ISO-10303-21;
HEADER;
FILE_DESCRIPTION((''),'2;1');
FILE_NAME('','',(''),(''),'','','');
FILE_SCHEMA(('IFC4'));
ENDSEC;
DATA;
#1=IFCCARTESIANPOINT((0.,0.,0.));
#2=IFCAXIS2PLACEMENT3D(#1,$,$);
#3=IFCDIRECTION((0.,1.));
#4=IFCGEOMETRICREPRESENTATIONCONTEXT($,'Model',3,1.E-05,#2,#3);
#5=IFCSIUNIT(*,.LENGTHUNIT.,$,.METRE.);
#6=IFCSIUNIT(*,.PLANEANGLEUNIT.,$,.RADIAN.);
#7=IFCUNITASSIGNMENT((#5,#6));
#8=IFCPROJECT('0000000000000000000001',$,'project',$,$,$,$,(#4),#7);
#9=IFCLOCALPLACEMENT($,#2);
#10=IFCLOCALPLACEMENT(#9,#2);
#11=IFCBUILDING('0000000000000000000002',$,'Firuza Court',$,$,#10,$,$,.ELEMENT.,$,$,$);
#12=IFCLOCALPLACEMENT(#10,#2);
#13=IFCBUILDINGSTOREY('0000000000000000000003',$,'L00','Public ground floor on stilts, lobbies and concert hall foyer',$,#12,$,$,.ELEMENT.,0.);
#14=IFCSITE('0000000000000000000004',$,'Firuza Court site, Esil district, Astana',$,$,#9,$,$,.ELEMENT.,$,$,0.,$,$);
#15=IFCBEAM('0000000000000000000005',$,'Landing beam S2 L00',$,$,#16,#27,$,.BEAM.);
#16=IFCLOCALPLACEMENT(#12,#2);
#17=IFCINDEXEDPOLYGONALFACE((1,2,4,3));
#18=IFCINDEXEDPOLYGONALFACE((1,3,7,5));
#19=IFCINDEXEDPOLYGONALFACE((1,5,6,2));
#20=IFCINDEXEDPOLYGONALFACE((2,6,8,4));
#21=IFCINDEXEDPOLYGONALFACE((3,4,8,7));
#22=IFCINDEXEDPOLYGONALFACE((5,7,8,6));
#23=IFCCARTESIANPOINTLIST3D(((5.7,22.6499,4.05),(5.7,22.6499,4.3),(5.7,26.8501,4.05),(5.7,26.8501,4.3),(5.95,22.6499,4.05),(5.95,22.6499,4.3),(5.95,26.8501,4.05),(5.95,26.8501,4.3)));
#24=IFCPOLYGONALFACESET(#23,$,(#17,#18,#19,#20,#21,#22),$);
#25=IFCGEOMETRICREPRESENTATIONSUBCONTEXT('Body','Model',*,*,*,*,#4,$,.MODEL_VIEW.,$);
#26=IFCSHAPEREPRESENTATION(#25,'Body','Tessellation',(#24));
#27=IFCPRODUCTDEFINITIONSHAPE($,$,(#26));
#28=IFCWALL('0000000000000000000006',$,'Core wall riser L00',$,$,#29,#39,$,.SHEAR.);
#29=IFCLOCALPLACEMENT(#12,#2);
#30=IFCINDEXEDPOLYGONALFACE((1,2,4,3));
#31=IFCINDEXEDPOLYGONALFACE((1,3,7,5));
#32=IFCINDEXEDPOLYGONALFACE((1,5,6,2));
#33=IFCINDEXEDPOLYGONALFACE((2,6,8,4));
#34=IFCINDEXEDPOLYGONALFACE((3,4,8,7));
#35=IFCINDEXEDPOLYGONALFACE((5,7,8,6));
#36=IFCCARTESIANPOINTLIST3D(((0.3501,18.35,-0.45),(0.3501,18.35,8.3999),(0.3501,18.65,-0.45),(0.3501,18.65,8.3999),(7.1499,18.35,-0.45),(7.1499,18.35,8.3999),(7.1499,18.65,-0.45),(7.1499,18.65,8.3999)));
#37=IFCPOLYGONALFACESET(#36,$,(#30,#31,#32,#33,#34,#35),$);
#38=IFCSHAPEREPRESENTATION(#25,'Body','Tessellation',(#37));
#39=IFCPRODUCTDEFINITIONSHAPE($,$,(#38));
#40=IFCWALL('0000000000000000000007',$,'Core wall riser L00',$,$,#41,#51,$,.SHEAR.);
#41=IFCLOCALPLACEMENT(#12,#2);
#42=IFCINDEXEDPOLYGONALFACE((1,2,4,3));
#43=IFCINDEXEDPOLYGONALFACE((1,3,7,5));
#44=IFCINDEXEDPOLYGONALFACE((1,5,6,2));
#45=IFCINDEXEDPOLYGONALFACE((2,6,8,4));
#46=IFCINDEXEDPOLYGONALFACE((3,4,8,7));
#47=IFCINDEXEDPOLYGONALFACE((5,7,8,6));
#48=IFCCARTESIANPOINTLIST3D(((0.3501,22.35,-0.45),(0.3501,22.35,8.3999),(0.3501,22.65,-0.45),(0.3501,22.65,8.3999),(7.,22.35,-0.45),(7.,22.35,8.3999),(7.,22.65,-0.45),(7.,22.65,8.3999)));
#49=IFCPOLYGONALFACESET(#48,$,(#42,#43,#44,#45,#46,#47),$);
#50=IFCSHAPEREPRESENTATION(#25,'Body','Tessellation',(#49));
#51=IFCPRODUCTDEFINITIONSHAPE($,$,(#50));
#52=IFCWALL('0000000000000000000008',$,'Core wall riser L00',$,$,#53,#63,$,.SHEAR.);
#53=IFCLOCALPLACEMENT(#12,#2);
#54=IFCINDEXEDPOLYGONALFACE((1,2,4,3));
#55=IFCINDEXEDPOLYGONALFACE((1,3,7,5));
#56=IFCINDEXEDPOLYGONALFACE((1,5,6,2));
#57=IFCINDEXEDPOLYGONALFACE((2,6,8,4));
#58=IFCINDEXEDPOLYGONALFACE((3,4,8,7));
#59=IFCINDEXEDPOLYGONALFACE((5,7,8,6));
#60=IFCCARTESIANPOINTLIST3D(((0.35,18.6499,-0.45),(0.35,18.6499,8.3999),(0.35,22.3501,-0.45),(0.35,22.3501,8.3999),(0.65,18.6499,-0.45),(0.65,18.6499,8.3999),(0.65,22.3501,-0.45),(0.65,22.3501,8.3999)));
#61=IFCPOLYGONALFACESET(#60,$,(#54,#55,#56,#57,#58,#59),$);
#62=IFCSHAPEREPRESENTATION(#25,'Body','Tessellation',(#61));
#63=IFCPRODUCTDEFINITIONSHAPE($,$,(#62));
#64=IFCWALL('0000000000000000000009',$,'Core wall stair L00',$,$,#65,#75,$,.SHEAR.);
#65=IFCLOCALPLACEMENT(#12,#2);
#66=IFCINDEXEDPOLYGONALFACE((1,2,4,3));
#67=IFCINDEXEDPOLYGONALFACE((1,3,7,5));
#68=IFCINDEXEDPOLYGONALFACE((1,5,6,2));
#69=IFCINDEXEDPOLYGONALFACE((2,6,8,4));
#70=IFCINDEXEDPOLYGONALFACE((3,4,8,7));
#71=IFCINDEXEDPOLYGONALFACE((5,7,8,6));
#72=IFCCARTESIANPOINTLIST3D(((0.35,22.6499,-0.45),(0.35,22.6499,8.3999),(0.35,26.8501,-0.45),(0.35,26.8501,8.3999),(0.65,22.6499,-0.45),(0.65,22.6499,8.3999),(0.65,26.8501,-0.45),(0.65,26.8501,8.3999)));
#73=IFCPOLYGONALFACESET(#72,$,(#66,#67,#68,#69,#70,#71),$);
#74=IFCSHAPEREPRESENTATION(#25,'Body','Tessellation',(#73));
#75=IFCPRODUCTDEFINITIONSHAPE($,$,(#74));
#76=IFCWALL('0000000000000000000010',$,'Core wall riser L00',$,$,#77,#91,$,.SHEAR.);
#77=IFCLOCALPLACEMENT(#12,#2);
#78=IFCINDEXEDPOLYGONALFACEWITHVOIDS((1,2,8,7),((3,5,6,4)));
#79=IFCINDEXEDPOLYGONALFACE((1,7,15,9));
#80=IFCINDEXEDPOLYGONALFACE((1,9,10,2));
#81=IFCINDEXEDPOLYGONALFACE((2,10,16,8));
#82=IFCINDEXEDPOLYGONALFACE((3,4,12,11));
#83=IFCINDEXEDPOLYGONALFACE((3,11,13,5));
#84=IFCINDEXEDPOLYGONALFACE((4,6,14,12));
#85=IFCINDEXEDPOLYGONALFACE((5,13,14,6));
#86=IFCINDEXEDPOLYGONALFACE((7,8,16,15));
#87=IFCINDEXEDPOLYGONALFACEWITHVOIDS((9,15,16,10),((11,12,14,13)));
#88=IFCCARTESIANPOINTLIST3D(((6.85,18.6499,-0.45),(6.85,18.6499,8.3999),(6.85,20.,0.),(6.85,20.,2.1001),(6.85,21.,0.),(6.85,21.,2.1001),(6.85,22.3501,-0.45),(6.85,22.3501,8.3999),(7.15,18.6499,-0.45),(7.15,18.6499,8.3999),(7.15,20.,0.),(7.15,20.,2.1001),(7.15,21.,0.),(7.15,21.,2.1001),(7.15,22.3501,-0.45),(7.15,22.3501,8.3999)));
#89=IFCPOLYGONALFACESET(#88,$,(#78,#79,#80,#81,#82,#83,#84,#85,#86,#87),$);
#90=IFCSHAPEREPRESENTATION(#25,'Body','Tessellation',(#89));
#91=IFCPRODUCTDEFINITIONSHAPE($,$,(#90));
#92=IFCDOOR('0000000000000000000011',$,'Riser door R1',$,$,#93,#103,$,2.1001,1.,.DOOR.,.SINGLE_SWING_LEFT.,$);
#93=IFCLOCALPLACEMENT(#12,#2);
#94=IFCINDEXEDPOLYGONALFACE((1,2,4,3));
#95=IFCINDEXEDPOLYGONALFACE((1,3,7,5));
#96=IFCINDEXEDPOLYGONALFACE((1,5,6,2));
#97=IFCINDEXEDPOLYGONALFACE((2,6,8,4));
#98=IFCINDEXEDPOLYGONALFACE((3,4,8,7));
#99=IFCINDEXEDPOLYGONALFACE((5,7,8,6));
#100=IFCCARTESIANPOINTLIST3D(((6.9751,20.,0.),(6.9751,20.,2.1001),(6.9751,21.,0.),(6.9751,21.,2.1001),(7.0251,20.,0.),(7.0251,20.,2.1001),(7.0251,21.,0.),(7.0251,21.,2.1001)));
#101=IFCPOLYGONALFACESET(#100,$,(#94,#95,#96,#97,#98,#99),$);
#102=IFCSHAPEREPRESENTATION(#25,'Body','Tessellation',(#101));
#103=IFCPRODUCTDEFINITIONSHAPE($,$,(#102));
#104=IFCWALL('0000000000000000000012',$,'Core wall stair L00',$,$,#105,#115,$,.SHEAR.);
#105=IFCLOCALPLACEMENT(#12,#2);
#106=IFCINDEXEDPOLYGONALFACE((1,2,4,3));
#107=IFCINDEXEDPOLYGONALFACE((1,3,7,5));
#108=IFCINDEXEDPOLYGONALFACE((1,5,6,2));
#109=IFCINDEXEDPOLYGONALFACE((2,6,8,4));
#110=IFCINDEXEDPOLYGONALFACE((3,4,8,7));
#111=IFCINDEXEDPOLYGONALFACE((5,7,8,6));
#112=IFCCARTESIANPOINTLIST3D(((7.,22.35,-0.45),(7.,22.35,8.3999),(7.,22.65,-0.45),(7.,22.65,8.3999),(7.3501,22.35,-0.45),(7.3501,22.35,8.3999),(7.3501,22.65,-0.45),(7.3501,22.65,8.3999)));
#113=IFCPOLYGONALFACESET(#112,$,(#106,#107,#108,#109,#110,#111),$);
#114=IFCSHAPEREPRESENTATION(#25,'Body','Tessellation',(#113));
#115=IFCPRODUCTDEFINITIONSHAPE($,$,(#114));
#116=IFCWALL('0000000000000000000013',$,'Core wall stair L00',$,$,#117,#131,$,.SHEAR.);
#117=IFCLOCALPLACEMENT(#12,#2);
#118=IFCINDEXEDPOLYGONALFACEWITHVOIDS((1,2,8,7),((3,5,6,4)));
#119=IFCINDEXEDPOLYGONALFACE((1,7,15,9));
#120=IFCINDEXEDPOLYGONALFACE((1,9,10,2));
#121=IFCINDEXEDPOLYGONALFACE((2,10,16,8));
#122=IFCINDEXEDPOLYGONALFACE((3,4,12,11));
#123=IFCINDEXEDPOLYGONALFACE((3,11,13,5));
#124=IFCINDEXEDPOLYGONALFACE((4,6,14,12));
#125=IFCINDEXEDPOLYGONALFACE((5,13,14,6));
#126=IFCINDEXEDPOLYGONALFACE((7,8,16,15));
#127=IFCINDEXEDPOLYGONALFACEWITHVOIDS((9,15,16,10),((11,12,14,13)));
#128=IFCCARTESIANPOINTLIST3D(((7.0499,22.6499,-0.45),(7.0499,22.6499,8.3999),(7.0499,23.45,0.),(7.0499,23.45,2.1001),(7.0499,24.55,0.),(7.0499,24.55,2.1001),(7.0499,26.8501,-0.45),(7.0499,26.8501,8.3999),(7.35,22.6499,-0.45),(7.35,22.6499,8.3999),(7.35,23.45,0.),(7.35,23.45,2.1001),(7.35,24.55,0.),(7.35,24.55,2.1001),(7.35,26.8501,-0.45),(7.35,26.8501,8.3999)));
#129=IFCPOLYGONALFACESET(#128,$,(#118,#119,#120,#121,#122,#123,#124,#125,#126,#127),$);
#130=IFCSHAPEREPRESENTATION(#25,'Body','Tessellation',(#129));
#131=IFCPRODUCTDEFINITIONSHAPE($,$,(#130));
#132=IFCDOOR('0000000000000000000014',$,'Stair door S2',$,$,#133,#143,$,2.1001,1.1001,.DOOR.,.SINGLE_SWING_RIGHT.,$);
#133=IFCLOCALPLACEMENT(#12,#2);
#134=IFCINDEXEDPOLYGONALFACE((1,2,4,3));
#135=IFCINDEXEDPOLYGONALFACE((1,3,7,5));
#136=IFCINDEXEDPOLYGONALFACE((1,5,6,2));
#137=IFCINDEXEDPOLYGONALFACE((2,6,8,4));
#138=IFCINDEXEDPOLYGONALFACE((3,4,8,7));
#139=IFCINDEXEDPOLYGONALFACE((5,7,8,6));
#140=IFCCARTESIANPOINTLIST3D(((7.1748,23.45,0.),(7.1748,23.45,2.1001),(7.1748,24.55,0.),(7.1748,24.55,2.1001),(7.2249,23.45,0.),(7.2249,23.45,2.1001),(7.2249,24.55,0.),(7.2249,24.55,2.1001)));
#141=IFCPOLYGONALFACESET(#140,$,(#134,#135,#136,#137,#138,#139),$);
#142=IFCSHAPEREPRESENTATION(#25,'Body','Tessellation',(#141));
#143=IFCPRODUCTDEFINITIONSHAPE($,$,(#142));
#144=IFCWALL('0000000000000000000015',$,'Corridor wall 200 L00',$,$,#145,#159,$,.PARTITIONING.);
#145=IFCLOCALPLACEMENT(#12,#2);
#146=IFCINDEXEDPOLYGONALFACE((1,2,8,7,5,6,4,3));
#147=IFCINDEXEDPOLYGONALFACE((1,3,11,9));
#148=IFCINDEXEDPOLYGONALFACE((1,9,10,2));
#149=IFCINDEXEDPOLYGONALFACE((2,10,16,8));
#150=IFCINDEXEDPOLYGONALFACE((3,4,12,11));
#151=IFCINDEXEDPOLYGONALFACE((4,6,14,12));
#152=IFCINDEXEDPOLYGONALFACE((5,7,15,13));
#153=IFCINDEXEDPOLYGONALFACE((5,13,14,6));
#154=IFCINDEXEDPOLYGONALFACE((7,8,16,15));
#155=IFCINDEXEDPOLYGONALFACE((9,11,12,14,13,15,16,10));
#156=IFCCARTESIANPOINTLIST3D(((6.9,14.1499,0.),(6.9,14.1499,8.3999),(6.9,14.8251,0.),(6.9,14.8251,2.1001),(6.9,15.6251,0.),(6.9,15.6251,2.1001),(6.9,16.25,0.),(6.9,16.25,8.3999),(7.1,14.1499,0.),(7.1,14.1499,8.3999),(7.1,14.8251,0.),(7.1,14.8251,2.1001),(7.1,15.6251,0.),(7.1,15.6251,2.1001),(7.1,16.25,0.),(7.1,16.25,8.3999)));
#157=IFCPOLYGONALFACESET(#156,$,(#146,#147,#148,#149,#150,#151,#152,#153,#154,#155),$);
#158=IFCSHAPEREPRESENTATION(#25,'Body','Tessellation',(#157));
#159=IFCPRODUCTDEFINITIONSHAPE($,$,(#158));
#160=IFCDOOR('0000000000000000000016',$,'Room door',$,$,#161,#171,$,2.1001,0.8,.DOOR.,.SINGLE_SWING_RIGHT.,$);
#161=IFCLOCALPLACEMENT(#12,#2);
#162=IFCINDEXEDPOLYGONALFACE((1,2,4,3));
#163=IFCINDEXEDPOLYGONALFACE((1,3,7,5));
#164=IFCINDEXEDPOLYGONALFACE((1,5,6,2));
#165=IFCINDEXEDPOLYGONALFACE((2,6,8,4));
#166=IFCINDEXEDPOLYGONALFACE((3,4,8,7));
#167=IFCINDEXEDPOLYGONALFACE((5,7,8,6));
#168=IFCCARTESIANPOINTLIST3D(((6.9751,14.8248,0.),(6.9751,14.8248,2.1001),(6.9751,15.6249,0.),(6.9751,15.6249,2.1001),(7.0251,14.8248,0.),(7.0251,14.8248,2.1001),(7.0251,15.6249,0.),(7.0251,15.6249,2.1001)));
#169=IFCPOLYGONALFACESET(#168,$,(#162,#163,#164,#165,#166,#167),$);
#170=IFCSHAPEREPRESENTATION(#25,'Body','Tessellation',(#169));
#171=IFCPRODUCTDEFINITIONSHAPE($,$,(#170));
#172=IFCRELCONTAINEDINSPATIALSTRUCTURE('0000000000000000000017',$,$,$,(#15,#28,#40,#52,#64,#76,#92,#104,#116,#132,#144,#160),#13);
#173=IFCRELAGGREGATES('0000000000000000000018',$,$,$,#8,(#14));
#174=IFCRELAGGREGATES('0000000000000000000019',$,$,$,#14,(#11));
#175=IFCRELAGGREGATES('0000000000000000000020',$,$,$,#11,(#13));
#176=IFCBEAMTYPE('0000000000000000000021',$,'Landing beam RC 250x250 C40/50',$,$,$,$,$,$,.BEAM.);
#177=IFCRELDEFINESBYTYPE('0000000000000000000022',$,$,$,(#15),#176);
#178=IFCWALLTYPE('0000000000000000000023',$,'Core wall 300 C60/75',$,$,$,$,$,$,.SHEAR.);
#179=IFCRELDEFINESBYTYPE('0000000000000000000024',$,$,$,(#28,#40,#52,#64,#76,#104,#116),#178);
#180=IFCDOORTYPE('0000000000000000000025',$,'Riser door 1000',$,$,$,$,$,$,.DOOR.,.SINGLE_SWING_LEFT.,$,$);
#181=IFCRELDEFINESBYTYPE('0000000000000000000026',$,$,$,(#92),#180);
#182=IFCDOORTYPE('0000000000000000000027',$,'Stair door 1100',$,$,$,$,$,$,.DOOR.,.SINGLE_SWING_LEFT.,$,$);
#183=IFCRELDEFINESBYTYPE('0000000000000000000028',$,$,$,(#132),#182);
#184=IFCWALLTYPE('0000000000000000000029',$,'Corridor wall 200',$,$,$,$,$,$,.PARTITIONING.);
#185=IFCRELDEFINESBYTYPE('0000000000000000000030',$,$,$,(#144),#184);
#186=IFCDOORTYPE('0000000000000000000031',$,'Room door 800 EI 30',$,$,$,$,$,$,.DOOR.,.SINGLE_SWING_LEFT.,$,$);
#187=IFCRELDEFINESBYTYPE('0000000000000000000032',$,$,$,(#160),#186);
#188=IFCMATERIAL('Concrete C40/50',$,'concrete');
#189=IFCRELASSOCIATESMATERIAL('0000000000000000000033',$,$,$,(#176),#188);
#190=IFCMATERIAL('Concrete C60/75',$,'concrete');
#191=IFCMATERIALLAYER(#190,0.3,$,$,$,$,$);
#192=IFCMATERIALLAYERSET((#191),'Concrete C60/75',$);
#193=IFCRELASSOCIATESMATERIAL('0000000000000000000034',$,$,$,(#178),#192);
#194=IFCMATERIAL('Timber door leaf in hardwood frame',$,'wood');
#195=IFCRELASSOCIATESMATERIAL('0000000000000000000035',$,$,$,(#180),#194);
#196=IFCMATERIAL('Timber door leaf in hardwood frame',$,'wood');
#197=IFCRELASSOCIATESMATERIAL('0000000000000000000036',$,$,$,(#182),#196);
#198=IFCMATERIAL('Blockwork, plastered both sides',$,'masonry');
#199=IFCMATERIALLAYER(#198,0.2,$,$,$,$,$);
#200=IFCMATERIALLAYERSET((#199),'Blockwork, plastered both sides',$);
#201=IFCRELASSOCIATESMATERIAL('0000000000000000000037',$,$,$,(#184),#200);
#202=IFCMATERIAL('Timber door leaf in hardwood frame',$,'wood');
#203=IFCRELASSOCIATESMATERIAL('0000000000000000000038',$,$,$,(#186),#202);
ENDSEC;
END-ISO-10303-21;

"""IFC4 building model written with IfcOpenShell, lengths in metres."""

from ifc_helpers import new_model, si_unit, direction, frame, frame_2d, origin, origin_2d, place, context, subcontext, project, spatial, rectangle, extrude, material, layer, layer_set, material_profile, profile_set, type_object, element, fill, save


model = new_model("IFC4")

# Units and contexts
model_context = context("Model", 3, precision=1e-05, world=origin(), true_north=direction((0.0, 1.0)))
body_context = subcontext(model_context, "Body", "Model", "MODEL_VIEW")
ifc_project = project(units=[si_unit("LENGTHUNIT", "METRE"), si_unit("PLANEANGLEUNIT", "RADIAN")], contexts=[model_context])

# Site, building, storey
site_placement = place(None, origin())
site = spatial("IfcSite", under=ifc_project, at=site_placement, Name="Firuza Court site, Esil district, Astana", CompositionType="ELEMENT", RefElevation=0.0)
building_placement = place(site_placement, origin())
building = spatial("IfcBuilding", under=site, at=building_placement, Name="Firuza Court", CompositionType="ELEMENT")
storey_placement = place(building_placement, origin())
storey = spatial("IfcBuildingStorey", under=building, at=storey_placement, Name="L00", Description="Public ground floor on stilts, lobbies and concert hall foyer", CompositionType="ELEMENT", Elevation=0.0)

# Beam
ifc_material_1 = material(Name="Concrete C40/50", Category="concrete")
ifc_material_profile = material_profile(ifc_material_1, rectangle(XDim=0.25, YDim=0.25, at=origin_2d()), Name="RC 250x250")
ifc_profile_set = profile_set([ifc_material_profile], Name="Concrete C40/50")
beam_type = type_object("IfcBeamType", Name="Landing beam RC 250x250 C40/50", PredefinedType="BEAM", material=ifc_profile_set)
beam_placement = place(storey_placement, frame((5.825, 22.6499, 4.175), z_axis=(0.0, 1.0, 0.0), x_axis=(-1.0, 0.0, 0.0)))
element("IfcBeam", 1, at=beam_placement, inside=storey, type_object=beam_type, Name="Landing beam S2 L00", PredefinedType="BEAM", context=body_context, shape_type="SweptSolid", body=[
    extrude(rectangle(XDim=0.25, YDim=0.25, at=origin_2d()), origin(), (0.0, 0.0, 1.0), 4.2002),
])

# Walls
ifc_material_2 = material(Name="Concrete C60/75", Category="concrete")
ifc_layer_1 = layer(ifc_material_2, 0.3)
ifc_layer_set_1 = layer_set([ifc_layer_1], Name="Concrete C60/75")
wall_type_1 = type_object("IfcWallType", Name="Core wall 300 C60/75", PredefinedType="SHEAR", material=ifc_layer_set_1)
wall_1_placement = place(storey_placement, frame((0.3501, 18.5, -0.45), z_axis=(0.0, 0.0, 1.0), x_axis=(1.0, 0.0, 0.0)))
element("IfcWall", 2, at=wall_1_placement, inside=storey, type_object=wall_type_1, Name="Core wall riser L00", PredefinedType="SHEAR", context=body_context, shape_type="SweptSolid", body=[
    extrude(rectangle(XDim=6.7998, YDim=0.3, at=frame_2d((3.3999, 0.0))), origin(), (0.0, 0.0, 1.0), 8.8499),
])
wall_2_placement = place(storey_placement, frame((0.3501, 22.5, -0.45), z_axis=(0.0, 0.0, 1.0), x_axis=(1.0, 0.0, 0.0)))
element("IfcWall", 3, at=wall_2_placement, inside=storey, type_object=wall_type_1, Name="Core wall riser L00", PredefinedType="SHEAR", context=body_context, shape_type="SweptSolid", body=[
    extrude(rectangle(XDim=6.6499, YDim=0.3, at=frame_2d((3.325, 0.0))), origin(), (0.0, 0.0, 1.0), 8.8499),
])
wall_3_placement = place(storey_placement, frame((0.5, 18.6499, -0.45), z_axis=(0.0, 0.0, 1.0), x_axis=(0.0, 1.0, 0.0)))
element("IfcWall", 4, at=wall_3_placement, inside=storey, type_object=wall_type_1, Name="Core wall riser L00", PredefinedType="SHEAR", context=body_context, shape_type="SweptSolid", body=[
    extrude(rectangle(XDim=3.7002, YDim=0.3, at=frame_2d((1.8501, 0.0))), origin(), (0.0, 0.0, 1.0), 8.8499),
])
wall_4_placement = place(storey_placement, frame((0.5, 22.6499, -0.45), z_axis=(0.0, 0.0, 1.0), x_axis=(0.0, 1.0, 0.0)))
element("IfcWall", 5, at=wall_4_placement, inside=storey, type_object=wall_type_1, Name="Core wall stair L00", PredefinedType="SHEAR", context=body_context, shape_type="SweptSolid", body=[
    extrude(rectangle(XDim=4.2002, YDim=0.3, at=frame_2d((2.1001, 0.0))), origin(), (0.0, 0.0, 1.0), 8.8499),
])

# Wall, opening, door
wall_5_placement = place(storey_placement, frame((7.0, 18.6499, -0.45), z_axis=(0.0, 0.0, 1.0), x_axis=(0.0, 1.0, 0.0)))
wall_5 = element("IfcWall", 6, at=wall_5_placement, inside=storey, type_object=wall_type_1, Name="Core wall riser L00", PredefinedType="SHEAR", context=body_context, shape_type="SweptSolid", body=[
    extrude(rectangle(XDim=3.7002, YDim=0.3, at=frame_2d((1.8501, 0.0))), origin(), (0.0, 0.0, 1.0), 8.8499),
])
opening_1_placement = place(wall_5_placement, frame((1.3501, 0.0, 0.45)))
opening_1 = element("IfcOpeningElement", 7, at=opening_1_placement, cuts=wall_5, PredefinedType="OPENING", context=body_context, shape_type="SweptSolid", body=[
    extrude(rectangle(XDim=1.0, YDim=2.1001, at=frame_2d((0.5, 1.05))), frame((0.0, 0.1621, 0.0), z_axis=(0.0, -1.0, 0.0), x_axis=(1.0, 0.0, 0.0)), (0.0, 0.0, 1.0), 0.324),
])
ifc_material_3 = material(Name="Timber door leaf in hardwood frame", Category="wood")
door_type_1 = type_object("IfcDoorType", Name="Riser door 1000", OperationType="SINGLE_SWING_LEFT", PredefinedType="DOOR", material=ifc_material_3)
door_1_placement = place(opening_1_placement, origin())
door_1 = element("IfcDoor", 8, at=door_1_placement, inside=storey, type_object=door_type_1, Name="Riser door R1", OperationType="SINGLE_SWING_LEFT", OverallHeight=2.1001, OverallWidth=1.0, PredefinedType="DOOR", context=body_context, shape_type="SweptSolid", body=[
    extrude(rectangle(XDim=1.0, YDim=2.1001, at=frame_2d((0.5, 1.05))), frame((0.0, 0.0249, 0.0), z_axis=(0.0, -1.0, 0.0), x_axis=(1.0, 0.0, 0.0)), (0.0, 0.0, 1.0), 0.05),
])
fill(opening_1, door_1)

# Wall
wall_6_placement = place(storey_placement, frame((7.0, 22.5, -0.45), z_axis=(0.0, 0.0, 1.0), x_axis=(1.0, 0.0, 0.0)))
element("IfcWall", 9, at=wall_6_placement, inside=storey, type_object=wall_type_1, Name="Core wall stair L00", PredefinedType="SHEAR", context=body_context, shape_type="SweptSolid", body=[
    extrude(rectangle(XDim=0.3501, YDim=0.3, at=frame_2d((0.175, 0.0))), origin(), (0.0, 0.0, 1.0), 8.8499),
])

# Walls, openings, doors
wall_7_placement = place(storey_placement, frame((7.2, 22.6499, -0.45), z_axis=(0.0, 0.0, 1.0), x_axis=(0.0, 1.0, 0.0)))
wall_7 = element("IfcWall", 10, at=wall_7_placement, inside=storey, type_object=wall_type_1, Name="Core wall stair L00", PredefinedType="SHEAR", context=body_context, shape_type="SweptSolid", body=[
    extrude(rectangle(XDim=4.2002, YDim=0.3, at=frame_2d((2.1001, 0.0))), origin(), (0.0, 0.0, 1.0), 8.8499),
])
opening_2_placement = place(wall_7_placement, frame((0.8, 0.0, 0.45)))
opening_2 = element("IfcOpeningElement", 11, at=opening_2_placement, cuts=wall_7, PredefinedType="OPENING", context=body_context, shape_type="SweptSolid", body=[
    extrude(rectangle(XDim=1.1001, YDim=2.1001, at=frame_2d((0.55, 1.05))), frame((0.0, 0.1621, 0.0), z_axis=(0.0, -1.0, 0.0), x_axis=(1.0, 0.0, 0.0)), (0.0, 0.0, 1.0), 0.324),
])
ifc_material_4 = material(Name="Timber door leaf in hardwood frame", Category="wood")
door_type_2 = type_object("IfcDoorType", Name="Stair door 1100", OperationType="SINGLE_SWING_LEFT", PredefinedType="DOOR", material=ifc_material_4)
door_2_placement = place(opening_2_placement, frame((1.1001, 0.0, 0.0), z_axis=(0.0, 0.0, 1.0), x_axis=(-1.0, 0.0, 0.0)))
door_2 = element("IfcDoor", 12, at=door_2_placement, inside=storey, type_object=door_type_2, Name="Stair door S2", OperationType="SINGLE_SWING_RIGHT", OverallHeight=2.1001, OverallWidth=1.1001, PredefinedType="DOOR", context=body_context, shape_type="SweptSolid", body=[
    extrude(rectangle(XDim=1.1001, YDim=2.1001, at=frame_2d((0.55, 1.05))), frame((0.0, 0.0249, 0.0), z_axis=(0.0, -1.0, 0.0), x_axis=(1.0, 0.0, 0.0)), (0.0, 0.0, 1.0), 0.05),
])
fill(opening_2, door_2)
ifc_material_5 = material(Name="Blockwork, plastered both sides", Category="masonry")
ifc_layer_2 = layer(ifc_material_5, 0.2)
ifc_layer_set_2 = layer_set([ifc_layer_2], Name="Blockwork, plastered both sides")
wall_type_2 = type_object("IfcWallType", Name="Corridor wall 200", PredefinedType="PARTITIONING", material=ifc_layer_set_2)
wall_8_placement = place(storey_placement, frame((7.0, 16.25, 0.0), z_axis=(0.0, 0.0, 1.0), x_axis=(0.0, -1.0, 0.0)))
wall_8 = element("IfcWall", 13, at=wall_8_placement, inside=storey, type_object=wall_type_2, Name="Corridor wall 200 L00", PredefinedType="PARTITIONING", context=body_context, shape_type="SweptSolid", body=[
    extrude(rectangle(XDim=2.1001, YDim=0.2, at=frame_2d((1.05, 0.0))), origin(), (0.0, 0.0, 1.0), 8.3999),
])
opening_3_placement = place(wall_8_placement, frame((0.625, 0.0, 0.0)))
opening_3 = element("IfcOpeningElement", 14, at=opening_3_placement, cuts=wall_8, PredefinedType="OPENING", context=body_context, shape_type="SweptSolid", body=[
    extrude(rectangle(XDim=0.8, YDim=2.1001, at=frame_2d((0.3999, 1.05))), frame((0.0, 0.1118, 0.0), z_axis=(0.0, -1.0, 0.0), x_axis=(1.0, 0.0, 0.0)), (0.0, 0.0, 1.0), 0.2239),
])
ifc_material_6 = material(Name="Timber door leaf in hardwood frame", Category="wood")
door_type_3 = type_object("IfcDoorType", Name="Room door 800 EI 30", OperationType="SINGLE_SWING_LEFT", PredefinedType="DOOR", material=ifc_material_6)
door_3_placement = place(opening_3_placement, frame((0.8, 0.0, 0.0), z_axis=(0.0, 0.0, 1.0), x_axis=(-1.0, 0.0, 0.0)))
door_3 = element("IfcDoor", 15, at=door_3_placement, inside=storey, type_object=door_type_3, Name="Room door", OperationType="SINGLE_SWING_RIGHT", OverallHeight=2.1001, OverallWidth=0.8, PredefinedType="DOOR", context=body_context, shape_type="SweptSolid", body=[
    extrude(rectangle(XDim=0.8, YDim=2.1001, at=frame_2d((0.3999, 1.05))), frame((0.0, 0.0249, 0.0), z_axis=(0.0, -1.0, 0.0), x_axis=(1.0, 0.0, 0.0)), (0.0, 0.0, 1.0), 0.05),
])
fill(opening_3, door_3)

save(model, "model.ifc")
